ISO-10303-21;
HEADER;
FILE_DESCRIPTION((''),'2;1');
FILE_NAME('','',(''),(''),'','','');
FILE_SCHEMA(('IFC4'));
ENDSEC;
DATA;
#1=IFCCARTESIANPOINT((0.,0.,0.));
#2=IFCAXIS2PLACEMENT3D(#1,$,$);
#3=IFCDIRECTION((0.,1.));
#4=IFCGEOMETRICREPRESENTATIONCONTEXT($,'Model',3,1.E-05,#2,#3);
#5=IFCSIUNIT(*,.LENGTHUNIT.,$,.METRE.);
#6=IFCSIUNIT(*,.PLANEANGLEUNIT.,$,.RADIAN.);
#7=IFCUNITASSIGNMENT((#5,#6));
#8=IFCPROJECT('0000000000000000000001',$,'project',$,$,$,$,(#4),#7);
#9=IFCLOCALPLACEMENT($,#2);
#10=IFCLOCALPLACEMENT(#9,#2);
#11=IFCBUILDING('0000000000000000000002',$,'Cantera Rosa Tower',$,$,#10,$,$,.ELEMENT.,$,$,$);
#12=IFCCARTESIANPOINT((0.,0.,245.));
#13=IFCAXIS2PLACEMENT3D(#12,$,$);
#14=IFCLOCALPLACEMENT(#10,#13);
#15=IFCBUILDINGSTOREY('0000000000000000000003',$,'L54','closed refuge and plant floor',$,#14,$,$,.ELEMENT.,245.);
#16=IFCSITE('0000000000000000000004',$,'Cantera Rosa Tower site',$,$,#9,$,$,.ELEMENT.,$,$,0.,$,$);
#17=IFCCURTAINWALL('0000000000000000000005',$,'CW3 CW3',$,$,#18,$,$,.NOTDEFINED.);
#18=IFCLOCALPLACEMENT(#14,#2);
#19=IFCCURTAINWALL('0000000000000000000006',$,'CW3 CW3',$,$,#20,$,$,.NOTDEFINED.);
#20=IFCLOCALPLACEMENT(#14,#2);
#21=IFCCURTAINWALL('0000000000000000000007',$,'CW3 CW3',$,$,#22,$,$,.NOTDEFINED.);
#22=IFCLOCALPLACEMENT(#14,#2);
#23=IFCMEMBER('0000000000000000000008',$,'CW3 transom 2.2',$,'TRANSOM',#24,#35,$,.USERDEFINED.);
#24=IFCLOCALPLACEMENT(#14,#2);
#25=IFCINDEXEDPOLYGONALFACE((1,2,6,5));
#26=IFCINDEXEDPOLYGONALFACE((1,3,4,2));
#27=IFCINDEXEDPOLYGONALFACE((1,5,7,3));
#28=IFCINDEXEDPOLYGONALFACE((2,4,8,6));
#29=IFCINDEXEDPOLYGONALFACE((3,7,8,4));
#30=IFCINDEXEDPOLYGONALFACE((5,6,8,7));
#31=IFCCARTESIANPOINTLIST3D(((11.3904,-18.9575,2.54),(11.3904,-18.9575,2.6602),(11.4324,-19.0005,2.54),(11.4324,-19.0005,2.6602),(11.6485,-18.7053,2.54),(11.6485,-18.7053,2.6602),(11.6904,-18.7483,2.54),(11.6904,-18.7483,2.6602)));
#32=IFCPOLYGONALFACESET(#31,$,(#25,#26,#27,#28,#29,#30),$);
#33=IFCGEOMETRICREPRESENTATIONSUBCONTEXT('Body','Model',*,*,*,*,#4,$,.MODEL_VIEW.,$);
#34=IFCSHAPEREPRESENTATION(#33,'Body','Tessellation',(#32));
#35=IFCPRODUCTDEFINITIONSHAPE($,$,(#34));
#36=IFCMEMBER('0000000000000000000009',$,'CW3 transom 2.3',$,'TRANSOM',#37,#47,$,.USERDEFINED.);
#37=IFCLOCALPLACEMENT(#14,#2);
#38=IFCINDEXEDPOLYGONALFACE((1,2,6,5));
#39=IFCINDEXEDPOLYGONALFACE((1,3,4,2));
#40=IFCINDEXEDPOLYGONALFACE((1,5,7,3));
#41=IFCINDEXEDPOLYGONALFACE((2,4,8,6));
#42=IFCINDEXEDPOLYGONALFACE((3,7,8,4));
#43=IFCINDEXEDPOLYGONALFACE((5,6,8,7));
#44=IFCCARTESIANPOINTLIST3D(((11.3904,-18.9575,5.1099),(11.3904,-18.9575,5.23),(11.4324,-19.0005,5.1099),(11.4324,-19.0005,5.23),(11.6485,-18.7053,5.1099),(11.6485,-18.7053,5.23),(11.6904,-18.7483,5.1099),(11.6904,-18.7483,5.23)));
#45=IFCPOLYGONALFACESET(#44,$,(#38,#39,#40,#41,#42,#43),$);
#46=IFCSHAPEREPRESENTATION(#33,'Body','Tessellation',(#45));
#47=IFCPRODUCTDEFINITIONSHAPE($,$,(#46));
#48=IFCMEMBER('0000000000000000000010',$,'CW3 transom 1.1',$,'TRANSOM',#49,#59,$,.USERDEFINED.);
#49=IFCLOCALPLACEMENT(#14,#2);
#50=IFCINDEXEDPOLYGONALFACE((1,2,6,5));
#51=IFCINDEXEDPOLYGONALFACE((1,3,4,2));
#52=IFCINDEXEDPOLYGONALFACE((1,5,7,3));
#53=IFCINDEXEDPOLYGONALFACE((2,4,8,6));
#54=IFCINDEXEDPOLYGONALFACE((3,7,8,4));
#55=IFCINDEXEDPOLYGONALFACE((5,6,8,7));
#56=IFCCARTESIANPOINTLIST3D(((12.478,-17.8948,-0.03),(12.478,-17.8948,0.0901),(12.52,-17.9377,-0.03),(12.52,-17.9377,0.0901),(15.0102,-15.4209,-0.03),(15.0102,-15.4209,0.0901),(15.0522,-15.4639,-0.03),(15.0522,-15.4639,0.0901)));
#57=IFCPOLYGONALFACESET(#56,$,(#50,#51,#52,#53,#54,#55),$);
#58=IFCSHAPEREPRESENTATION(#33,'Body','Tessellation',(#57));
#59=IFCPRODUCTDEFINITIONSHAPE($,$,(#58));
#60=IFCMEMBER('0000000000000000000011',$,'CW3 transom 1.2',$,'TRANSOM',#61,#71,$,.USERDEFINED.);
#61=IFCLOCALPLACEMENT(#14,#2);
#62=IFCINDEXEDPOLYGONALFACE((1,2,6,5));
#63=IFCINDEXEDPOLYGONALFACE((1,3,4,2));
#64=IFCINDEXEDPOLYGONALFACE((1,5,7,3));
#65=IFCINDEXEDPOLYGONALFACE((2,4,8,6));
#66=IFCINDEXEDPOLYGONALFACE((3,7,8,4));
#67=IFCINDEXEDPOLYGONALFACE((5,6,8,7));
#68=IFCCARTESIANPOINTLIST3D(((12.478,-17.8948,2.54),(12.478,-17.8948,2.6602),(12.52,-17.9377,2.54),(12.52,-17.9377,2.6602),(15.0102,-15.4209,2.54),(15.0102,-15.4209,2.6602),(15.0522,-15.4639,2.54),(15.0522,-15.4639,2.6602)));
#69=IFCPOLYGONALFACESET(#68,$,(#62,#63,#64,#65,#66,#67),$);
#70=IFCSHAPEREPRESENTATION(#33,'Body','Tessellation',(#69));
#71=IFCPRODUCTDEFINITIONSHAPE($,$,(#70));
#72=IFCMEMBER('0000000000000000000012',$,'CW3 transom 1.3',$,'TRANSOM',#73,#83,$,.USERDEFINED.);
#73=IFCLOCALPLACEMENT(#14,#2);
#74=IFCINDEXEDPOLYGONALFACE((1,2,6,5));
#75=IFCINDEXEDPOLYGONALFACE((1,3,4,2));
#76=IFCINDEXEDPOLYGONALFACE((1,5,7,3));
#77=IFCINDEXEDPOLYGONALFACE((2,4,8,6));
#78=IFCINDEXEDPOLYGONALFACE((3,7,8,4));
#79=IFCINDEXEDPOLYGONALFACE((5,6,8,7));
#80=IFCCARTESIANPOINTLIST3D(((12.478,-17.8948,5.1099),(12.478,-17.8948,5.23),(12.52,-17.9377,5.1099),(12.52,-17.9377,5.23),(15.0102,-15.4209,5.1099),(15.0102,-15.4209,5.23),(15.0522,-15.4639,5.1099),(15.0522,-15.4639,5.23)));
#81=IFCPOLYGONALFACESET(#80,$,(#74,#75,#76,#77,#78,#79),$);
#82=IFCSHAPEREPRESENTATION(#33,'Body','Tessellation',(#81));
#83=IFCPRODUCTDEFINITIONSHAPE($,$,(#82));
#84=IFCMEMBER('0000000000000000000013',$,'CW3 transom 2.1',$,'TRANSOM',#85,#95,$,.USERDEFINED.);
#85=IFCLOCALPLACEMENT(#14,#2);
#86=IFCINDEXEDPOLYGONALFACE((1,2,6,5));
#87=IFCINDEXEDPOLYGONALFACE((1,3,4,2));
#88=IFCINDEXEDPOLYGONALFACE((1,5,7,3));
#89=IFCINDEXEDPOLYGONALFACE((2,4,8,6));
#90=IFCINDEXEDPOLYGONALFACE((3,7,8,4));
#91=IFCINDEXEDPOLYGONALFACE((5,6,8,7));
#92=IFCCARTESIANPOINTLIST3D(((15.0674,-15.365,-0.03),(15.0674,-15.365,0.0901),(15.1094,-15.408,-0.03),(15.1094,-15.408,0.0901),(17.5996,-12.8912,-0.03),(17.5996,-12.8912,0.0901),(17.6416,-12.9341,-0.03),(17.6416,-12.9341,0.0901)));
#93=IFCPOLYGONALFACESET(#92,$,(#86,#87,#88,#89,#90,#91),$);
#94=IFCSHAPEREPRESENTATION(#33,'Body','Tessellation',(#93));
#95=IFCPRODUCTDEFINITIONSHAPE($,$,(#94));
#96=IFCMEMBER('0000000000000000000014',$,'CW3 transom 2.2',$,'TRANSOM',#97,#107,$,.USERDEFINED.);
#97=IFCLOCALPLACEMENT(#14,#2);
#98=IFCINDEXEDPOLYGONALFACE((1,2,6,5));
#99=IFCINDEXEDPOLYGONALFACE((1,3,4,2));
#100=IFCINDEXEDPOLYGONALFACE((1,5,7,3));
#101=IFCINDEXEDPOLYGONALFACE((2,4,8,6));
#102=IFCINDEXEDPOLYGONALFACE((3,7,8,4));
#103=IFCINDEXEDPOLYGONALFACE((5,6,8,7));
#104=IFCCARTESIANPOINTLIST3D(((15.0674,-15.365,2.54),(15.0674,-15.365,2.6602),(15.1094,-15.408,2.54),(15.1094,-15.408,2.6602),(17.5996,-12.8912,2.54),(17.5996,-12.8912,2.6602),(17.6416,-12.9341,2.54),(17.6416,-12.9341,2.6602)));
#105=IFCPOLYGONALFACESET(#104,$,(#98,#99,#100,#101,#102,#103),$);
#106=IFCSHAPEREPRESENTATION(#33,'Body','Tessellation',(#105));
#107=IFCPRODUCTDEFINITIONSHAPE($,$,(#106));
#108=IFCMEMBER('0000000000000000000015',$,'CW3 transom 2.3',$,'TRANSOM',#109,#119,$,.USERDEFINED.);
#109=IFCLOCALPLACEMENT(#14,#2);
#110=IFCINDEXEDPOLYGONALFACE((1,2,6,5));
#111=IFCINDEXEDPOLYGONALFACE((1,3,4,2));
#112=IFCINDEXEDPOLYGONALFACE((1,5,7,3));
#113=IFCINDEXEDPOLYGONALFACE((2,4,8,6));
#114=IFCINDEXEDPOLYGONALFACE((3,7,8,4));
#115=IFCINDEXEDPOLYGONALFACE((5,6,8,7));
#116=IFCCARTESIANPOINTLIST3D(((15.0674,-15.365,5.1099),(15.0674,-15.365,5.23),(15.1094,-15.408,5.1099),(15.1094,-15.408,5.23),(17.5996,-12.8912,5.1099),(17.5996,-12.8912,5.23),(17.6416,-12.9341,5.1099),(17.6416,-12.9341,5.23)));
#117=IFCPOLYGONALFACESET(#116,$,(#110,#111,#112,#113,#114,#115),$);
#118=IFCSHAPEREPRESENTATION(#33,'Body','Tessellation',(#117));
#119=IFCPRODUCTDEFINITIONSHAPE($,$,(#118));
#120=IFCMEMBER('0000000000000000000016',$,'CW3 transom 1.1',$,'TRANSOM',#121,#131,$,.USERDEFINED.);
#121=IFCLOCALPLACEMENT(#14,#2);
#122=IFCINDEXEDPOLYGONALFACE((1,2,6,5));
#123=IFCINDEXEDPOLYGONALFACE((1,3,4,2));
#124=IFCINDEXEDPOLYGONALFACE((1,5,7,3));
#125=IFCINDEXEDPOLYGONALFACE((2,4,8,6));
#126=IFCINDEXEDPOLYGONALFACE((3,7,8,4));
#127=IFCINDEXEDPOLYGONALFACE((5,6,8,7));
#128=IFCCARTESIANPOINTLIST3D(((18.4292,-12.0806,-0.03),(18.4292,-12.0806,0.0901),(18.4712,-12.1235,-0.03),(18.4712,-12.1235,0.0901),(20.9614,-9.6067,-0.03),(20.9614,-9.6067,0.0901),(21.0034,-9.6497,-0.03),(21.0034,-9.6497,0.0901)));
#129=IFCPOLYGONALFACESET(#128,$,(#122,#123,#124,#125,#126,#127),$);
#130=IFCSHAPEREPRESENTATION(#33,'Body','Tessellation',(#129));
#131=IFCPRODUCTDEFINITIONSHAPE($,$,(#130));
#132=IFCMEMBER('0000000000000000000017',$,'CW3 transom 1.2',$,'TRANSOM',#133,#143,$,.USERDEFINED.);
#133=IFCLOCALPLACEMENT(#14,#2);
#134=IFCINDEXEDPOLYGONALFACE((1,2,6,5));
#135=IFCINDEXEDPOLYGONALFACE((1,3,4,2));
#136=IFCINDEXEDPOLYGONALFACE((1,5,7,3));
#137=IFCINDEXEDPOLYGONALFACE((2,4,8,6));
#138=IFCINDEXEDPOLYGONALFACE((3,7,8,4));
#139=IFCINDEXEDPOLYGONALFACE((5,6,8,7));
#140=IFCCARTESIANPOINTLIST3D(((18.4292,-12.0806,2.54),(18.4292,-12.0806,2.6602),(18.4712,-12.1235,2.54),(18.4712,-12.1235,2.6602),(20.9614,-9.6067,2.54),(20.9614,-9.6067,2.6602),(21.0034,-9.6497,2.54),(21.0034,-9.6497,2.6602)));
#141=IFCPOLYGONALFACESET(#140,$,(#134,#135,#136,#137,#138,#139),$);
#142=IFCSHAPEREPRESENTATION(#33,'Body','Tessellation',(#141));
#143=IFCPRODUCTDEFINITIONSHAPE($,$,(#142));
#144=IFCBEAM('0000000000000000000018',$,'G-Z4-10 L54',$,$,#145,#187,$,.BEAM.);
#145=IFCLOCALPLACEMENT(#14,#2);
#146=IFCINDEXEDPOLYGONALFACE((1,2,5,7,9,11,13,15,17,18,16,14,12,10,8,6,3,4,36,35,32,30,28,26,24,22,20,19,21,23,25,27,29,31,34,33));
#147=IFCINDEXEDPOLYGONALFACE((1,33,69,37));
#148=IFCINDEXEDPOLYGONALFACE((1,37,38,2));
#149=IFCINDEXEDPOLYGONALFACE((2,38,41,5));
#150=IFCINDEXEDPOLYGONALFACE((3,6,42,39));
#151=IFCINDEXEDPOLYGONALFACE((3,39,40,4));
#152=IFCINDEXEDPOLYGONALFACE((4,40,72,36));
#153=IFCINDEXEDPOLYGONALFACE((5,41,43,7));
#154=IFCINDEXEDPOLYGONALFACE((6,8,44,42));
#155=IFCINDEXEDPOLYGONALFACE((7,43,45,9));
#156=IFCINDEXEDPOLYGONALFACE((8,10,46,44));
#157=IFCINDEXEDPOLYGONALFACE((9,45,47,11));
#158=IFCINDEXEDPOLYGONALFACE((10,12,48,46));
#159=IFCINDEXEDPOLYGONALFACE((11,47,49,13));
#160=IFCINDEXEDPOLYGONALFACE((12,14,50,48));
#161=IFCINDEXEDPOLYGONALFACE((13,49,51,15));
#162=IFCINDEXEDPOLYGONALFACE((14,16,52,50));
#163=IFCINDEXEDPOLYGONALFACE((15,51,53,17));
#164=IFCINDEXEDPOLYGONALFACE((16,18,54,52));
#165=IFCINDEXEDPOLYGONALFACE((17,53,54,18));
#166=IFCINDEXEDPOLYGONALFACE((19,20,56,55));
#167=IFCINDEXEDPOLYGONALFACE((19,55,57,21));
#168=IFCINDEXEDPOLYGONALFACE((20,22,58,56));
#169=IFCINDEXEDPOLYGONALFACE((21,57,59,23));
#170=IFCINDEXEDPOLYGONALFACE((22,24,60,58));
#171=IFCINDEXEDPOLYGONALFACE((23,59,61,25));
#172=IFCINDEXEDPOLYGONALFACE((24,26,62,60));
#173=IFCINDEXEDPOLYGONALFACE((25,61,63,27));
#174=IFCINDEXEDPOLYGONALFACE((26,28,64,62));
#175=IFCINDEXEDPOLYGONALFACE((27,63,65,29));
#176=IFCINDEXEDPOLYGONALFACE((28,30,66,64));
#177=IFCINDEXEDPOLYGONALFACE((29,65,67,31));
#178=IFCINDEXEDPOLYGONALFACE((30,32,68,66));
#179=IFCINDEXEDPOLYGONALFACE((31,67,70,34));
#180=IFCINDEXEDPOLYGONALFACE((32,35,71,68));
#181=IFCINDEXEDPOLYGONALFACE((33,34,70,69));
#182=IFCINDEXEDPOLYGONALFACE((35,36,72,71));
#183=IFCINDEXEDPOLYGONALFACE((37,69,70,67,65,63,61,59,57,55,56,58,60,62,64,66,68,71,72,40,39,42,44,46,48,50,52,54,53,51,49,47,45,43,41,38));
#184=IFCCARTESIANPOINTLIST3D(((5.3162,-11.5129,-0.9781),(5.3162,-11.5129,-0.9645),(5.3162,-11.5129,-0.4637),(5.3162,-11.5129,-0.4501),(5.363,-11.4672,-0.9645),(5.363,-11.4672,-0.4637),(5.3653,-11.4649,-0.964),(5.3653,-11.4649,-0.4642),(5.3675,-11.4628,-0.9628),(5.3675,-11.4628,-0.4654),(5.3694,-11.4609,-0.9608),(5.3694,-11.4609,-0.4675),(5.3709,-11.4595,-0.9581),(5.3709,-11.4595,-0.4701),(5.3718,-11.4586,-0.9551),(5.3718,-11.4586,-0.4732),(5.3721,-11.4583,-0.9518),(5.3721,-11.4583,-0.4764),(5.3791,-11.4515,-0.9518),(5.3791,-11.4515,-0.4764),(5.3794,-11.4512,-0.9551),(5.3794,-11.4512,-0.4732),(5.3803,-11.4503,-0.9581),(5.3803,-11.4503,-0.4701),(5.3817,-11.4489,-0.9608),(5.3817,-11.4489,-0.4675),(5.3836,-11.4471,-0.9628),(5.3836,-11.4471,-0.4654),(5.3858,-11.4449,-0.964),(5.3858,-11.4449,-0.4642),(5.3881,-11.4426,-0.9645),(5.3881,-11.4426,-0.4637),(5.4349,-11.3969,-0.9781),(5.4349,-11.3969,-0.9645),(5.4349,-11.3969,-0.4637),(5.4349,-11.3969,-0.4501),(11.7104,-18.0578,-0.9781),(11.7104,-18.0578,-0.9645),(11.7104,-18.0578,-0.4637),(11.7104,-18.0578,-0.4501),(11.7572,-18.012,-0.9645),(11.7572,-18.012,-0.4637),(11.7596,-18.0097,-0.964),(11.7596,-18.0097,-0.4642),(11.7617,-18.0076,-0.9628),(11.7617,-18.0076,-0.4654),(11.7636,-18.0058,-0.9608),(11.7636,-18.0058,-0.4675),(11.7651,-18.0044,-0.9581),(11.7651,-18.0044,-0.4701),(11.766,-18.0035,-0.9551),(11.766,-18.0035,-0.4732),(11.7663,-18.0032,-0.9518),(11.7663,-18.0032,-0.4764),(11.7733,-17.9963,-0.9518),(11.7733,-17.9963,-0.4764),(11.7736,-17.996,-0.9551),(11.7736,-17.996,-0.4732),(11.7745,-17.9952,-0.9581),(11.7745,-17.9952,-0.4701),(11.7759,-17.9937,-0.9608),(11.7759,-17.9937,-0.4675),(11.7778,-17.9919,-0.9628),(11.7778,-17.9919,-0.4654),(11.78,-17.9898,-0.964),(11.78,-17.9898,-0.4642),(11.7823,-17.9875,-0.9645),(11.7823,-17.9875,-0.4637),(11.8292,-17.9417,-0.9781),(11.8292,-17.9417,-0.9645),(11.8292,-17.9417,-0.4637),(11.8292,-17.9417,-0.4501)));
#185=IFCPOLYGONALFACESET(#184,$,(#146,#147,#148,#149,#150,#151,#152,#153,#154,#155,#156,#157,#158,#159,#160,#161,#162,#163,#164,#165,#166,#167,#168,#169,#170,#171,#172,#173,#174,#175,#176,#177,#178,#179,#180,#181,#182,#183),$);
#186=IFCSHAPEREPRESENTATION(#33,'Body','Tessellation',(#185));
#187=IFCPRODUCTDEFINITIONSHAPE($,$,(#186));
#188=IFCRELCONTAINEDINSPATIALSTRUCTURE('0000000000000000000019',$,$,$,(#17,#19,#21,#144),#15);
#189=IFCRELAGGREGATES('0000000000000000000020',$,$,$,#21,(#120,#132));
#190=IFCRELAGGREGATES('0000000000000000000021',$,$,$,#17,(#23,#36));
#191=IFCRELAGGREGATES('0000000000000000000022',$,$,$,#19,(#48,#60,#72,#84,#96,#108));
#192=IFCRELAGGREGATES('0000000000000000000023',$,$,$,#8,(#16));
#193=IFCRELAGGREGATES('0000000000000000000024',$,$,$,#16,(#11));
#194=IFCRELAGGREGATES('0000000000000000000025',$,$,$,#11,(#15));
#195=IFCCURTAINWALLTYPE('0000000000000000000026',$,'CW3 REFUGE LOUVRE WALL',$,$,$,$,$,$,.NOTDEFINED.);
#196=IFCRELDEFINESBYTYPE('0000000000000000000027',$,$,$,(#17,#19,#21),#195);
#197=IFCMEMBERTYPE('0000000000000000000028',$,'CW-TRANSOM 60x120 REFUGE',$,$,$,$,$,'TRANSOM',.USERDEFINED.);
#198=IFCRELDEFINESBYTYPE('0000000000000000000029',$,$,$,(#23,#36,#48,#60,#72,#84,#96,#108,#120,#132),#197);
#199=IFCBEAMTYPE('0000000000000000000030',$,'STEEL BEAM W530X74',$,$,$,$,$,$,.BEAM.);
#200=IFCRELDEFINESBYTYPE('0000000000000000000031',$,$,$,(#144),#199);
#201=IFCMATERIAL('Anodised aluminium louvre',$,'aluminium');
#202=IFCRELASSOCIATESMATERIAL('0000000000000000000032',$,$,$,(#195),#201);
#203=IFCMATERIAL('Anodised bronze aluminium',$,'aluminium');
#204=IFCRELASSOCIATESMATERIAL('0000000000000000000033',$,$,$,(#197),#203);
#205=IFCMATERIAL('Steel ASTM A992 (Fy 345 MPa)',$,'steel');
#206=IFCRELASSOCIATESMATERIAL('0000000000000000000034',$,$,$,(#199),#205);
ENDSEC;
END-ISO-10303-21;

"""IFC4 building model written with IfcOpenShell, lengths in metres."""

from ifc_helpers import new_model, si_unit, direction, frame, origin, origin_2d, place, context, subcontext, project, spatial, rectangle, i_section, extrude, material, material_profile, profile_set, type_object, element, aggregate, save


model = new_model("IFC4")

# Units and contexts
model_context = context("Model", 3, precision=1e-05, world=origin(), true_north=direction((0.0, 1.0)))
body_context = subcontext(model_context, "Body", "Model", "MODEL_VIEW")
ifc_project = project(units=[si_unit("LENGTHUNIT", "METRE"), si_unit("PLANEANGLEUNIT", "RADIAN")], contexts=[model_context])

# Site, building, storey
site_placement = place(None, origin())
site = spatial("IfcSite", under=ifc_project, at=site_placement, Name="Cantera Rosa Tower site", CompositionType="ELEMENT", RefElevation=0.0)
building_placement = place(site_placement, origin())
building = spatial("IfcBuilding", under=site, at=building_placement, Name="Cantera Rosa Tower", CompositionType="ELEMENT")
storey_placement = place(building_placement, frame((0.0, 0.0, 245.0)))
storey = spatial("IfcBuildingStorey", under=building, at=storey_placement, Name="L54", Description="closed refuge and plant floor", CompositionType="ELEMENT", Elevation=245.0)

# Shared definitions
ifc_material_1 = material(Name="Anodised aluminium louvre", Category="aluminium")
curtain_wall_type = type_object("IfcCurtainWallType", Name="CW3 REFUGE LOUVRE WALL", PredefinedType="NOTDEFINED", material=ifc_material_1)

# Curtain walls
curtain_wall_1_placement = place(storey_placement, origin())
curtain_wall_1 = element("IfcCurtainWall", 1, at=curtain_wall_1_placement, inside=storey, type_object=curtain_wall_type, Name="CW3 CW3", PredefinedType="NOTDEFINED")
curtain_wall_2_placement = place(storey_placement, origin())
curtain_wall_2 = element("IfcCurtainWall", 2, at=curtain_wall_2_placement, inside=storey, type_object=curtain_wall_type, Name="CW3 CW3", PredefinedType="NOTDEFINED")

# Curtain wall
curtain_wall_3_placement = place(storey_placement, origin())
curtain_wall_3 = element("IfcCurtainWall", 3, at=curtain_wall_3_placement, inside=storey, type_object=curtain_wall_type, Name="CW3 CW3", PredefinedType="NOTDEFINED")

# Members
ifc_material_2 = material(Name="Anodised bronze aluminium", Category="aluminium")
ifc_material_profile_1 = material_profile(ifc_material_2, rectangle(XDim=0.0601, YDim=0.1201, at=origin_2d()), Name="CW-TRANSOM 60x120 REFUGE")
ifc_profile_set_1 = profile_set([ifc_material_profile_1], Name="Anodised bronze aluminium")
member_type_1 = type_object("IfcMemberType", Name="CW-TRANSOM 60x120 REFUGE", ElementType="TRANSOM", PredefinedType="USERDEFINED", material=ifc_profile_set_1)
member_1_placement = place(storey_placement, frame((11.4114, -18.979, 2.6001), z_axis=(0.71518, 0.698941, 0.0), x_axis=(-0.698941, 0.71518, 0.0)))
member_1 = element("IfcMember", 4, at=member_1_placement, type_object=member_type_1, Name="CW3 transom 2.2", ObjectType="TRANSOM", PredefinedType="USERDEFINED", context=body_context, shape_type="SweptSolid", body=[
    extrude(rectangle(XDim=0.0601, YDim=0.1201, at=origin_2d()), origin(), (0.0, 0.0, 1.0), 0.3608),
])
member_2_placement = place(storey_placement, frame((11.4114, -18.979, 5.1699), z_axis=(0.71518, 0.698941, 0.0), x_axis=(-0.698941, 0.71518, 0.0)))
member_2 = element("IfcMember", 5, at=member_2_placement, type_object=member_type_1, Name="CW3 transom 2.3", ObjectType="TRANSOM", PredefinedType="USERDEFINED", context=body_context, shape_type="SweptSolid", body=[
    extrude(rectangle(XDim=0.0601, YDim=0.1201, at=origin_2d()), origin(), (0.0, 0.0, 1.0), 0.3608),
])
member_3_placement = place(storey_placement, frame((12.499, -17.9163, 0.03), z_axis=(0.7153, 0.698817, 0.0), x_axis=(-0.698817, 0.7153, 0.0)))
member_3 = element("IfcMember", 6, at=member_3_placement, type_object=member_type_1, Name="CW3 transom 1.1", ObjectType="TRANSOM", PredefinedType="USERDEFINED", context=body_context, shape_type="SweptSolid", body=[
    extrude(rectangle(XDim=0.0601, YDim=0.1201, at=origin_2d()), origin(), (0.0, 0.0, 1.0), 3.54),
])
member_4_placement = place(storey_placement, frame((12.499, -17.9163, 2.6001), z_axis=(0.7153, 0.698817, 0.0), x_axis=(-0.698817, 0.7153, 0.0)))
member_4 = element("IfcMember", 7, at=member_4_placement, type_object=member_type_1, Name="CW3 transom 1.2", ObjectType="TRANSOM", PredefinedType="USERDEFINED", context=body_context, shape_type="SweptSolid", body=[
    extrude(rectangle(XDim=0.0601, YDim=0.1201, at=origin_2d()), origin(), (0.0, 0.0, 1.0), 3.54),
])
member_5_placement = place(storey_placement, frame((12.499, -17.9163, 5.1699), z_axis=(0.7153, 0.698817, 0.0), x_axis=(-0.698817, 0.7153, 0.0)))
member_5 = element("IfcMember", 8, at=member_5_placement, type_object=member_type_1, Name="CW3 transom 1.3", ObjectType="TRANSOM", PredefinedType="USERDEFINED", context=body_context, shape_type="SweptSolid", body=[
    extrude(rectangle(XDim=0.0601, YDim=0.1201, at=origin_2d()), origin(), (0.0, 0.0, 1.0), 3.54),
])
member_6_placement = place(storey_placement, frame((15.0884, -15.3865, 0.03), z_axis=(0.7153, 0.698817, 0.0), x_axis=(-0.698817, 0.7153, 0.0)))
member_6 = element("IfcMember", 9, at=member_6_placement, type_object=member_type_1, Name="CW3 transom 2.1", ObjectType="TRANSOM", PredefinedType="USERDEFINED", context=body_context, shape_type="SweptSolid", body=[
    extrude(rectangle(XDim=0.0601, YDim=0.1201, at=origin_2d()), origin(), (0.0, 0.0, 1.0), 3.54),
])
member_7_placement = place(storey_placement, frame((15.0884, -15.3865, 2.6001), z_axis=(0.7153, 0.698817, 0.0), x_axis=(-0.698817, 0.7153, 0.0)))
member_7 = element("IfcMember", 10, at=member_7_placement, type_object=member_type_1, Name="CW3 transom 2.2", ObjectType="TRANSOM", PredefinedType="USERDEFINED", context=body_context, shape_type="SweptSolid", body=[
    extrude(rectangle(XDim=0.0601, YDim=0.1201, at=origin_2d()), origin(), (0.0, 0.0, 1.0), 3.54),
])
member_8_placement = place(storey_placement, frame((15.0884, -15.3865, 5.1699), z_axis=(0.7153, 0.698817, 0.0), x_axis=(-0.698817, 0.7153, 0.0)))
member_8 = element("IfcMember", 11, at=member_8_placement, type_object=member_type_1, Name="CW3 transom 2.3", ObjectType="TRANSOM", PredefinedType="USERDEFINED", context=body_context, shape_type="SweptSolid", body=[
    extrude(rectangle(XDim=0.0601, YDim=0.1201, at=origin_2d()), origin(), (0.0, 0.0, 1.0), 3.54),
])
member_9_placement = place(storey_placement, frame((18.4502, -12.1021, 0.03), z_axis=(0.7153, 0.698817, 0.0), x_axis=(-0.698817, 0.7153, 0.0)))
member_9 = element("IfcMember", 12, at=member_9_placement, type_object=member_type_1, Name="CW3 transom 1.1", ObjectType="TRANSOM", PredefinedType="USERDEFINED", context=body_context, shape_type="SweptSolid", body=[
    extrude(rectangle(XDim=0.0601, YDim=0.1201, at=origin_2d()), origin(), (0.0, 0.0, 1.0), 3.54),
])
member_10_placement = place(storey_placement, frame((18.4502, -12.1021, 2.6001), z_axis=(0.7153, 0.698817, 0.0), x_axis=(-0.698817, 0.7153, 0.0)))
member_10 = element("IfcMember", 13, at=member_10_placement, type_object=member_type_1, Name="CW3 transom 1.2", ObjectType="TRANSOM", PredefinedType="USERDEFINED", context=body_context, shape_type="SweptSolid", body=[
    extrude(rectangle(XDim=0.0601, YDim=0.1201, at=origin_2d()), origin(), (0.0, 0.0, 1.0), 3.54),
])
aggregate(curtain_wall_3, [member_9, member_10])

# Beam
ifc_material_3 = material(Name="Steel ASTM A992 (Fy 345 MPa)", Category="steel")
ifc_material_profile_2 = material_profile(ifc_material_3, i_section(OverallWidth=0.166, OverallDepth=0.5281, WebThickness=0.0098, FlangeThickness=0.0137, FilletRadius=0.0127, at=origin_2d()), Name="W530X74")
ifc_profile_set_2 = profile_set([ifc_material_profile_2], Name="Steel ASTM A992 (Fy 345 MPa)")
beam_type_1 = type_object("IfcBeamType", Name="STEEL BEAM W530X74", PredefinedType="BEAM", material=ifc_profile_set_2)
beam_1_placement = place(storey_placement, frame((11.7698, -17.9998, -0.7141), z_axis=(-0.698827, 0.71529, 0.0), x_axis=(-0.71529, -0.698827, 0.0)))
element("IfcBeam", 14, at=beam_1_placement, inside=storey, type_object=beam_type_1, Name="G-Z4-10 L54", PredefinedType="BEAM", context=body_context, shape_type="SweptSolid", body=[
    extrude(i_section(OverallWidth=0.166, OverallDepth=0.5281, WebThickness=0.0098, FlangeThickness=0.0137, FilletRadius=0.0127, at=origin_2d()), origin(), (0.0, 0.0, 1.0), 9.1499),
])

aggregate(curtain_wall_1, [member_1, member_2])
aggregate(curtain_wall_2, [member_3, member_4, member_5, member_6, member_7, member_8])

save(model, "model.ifc")
